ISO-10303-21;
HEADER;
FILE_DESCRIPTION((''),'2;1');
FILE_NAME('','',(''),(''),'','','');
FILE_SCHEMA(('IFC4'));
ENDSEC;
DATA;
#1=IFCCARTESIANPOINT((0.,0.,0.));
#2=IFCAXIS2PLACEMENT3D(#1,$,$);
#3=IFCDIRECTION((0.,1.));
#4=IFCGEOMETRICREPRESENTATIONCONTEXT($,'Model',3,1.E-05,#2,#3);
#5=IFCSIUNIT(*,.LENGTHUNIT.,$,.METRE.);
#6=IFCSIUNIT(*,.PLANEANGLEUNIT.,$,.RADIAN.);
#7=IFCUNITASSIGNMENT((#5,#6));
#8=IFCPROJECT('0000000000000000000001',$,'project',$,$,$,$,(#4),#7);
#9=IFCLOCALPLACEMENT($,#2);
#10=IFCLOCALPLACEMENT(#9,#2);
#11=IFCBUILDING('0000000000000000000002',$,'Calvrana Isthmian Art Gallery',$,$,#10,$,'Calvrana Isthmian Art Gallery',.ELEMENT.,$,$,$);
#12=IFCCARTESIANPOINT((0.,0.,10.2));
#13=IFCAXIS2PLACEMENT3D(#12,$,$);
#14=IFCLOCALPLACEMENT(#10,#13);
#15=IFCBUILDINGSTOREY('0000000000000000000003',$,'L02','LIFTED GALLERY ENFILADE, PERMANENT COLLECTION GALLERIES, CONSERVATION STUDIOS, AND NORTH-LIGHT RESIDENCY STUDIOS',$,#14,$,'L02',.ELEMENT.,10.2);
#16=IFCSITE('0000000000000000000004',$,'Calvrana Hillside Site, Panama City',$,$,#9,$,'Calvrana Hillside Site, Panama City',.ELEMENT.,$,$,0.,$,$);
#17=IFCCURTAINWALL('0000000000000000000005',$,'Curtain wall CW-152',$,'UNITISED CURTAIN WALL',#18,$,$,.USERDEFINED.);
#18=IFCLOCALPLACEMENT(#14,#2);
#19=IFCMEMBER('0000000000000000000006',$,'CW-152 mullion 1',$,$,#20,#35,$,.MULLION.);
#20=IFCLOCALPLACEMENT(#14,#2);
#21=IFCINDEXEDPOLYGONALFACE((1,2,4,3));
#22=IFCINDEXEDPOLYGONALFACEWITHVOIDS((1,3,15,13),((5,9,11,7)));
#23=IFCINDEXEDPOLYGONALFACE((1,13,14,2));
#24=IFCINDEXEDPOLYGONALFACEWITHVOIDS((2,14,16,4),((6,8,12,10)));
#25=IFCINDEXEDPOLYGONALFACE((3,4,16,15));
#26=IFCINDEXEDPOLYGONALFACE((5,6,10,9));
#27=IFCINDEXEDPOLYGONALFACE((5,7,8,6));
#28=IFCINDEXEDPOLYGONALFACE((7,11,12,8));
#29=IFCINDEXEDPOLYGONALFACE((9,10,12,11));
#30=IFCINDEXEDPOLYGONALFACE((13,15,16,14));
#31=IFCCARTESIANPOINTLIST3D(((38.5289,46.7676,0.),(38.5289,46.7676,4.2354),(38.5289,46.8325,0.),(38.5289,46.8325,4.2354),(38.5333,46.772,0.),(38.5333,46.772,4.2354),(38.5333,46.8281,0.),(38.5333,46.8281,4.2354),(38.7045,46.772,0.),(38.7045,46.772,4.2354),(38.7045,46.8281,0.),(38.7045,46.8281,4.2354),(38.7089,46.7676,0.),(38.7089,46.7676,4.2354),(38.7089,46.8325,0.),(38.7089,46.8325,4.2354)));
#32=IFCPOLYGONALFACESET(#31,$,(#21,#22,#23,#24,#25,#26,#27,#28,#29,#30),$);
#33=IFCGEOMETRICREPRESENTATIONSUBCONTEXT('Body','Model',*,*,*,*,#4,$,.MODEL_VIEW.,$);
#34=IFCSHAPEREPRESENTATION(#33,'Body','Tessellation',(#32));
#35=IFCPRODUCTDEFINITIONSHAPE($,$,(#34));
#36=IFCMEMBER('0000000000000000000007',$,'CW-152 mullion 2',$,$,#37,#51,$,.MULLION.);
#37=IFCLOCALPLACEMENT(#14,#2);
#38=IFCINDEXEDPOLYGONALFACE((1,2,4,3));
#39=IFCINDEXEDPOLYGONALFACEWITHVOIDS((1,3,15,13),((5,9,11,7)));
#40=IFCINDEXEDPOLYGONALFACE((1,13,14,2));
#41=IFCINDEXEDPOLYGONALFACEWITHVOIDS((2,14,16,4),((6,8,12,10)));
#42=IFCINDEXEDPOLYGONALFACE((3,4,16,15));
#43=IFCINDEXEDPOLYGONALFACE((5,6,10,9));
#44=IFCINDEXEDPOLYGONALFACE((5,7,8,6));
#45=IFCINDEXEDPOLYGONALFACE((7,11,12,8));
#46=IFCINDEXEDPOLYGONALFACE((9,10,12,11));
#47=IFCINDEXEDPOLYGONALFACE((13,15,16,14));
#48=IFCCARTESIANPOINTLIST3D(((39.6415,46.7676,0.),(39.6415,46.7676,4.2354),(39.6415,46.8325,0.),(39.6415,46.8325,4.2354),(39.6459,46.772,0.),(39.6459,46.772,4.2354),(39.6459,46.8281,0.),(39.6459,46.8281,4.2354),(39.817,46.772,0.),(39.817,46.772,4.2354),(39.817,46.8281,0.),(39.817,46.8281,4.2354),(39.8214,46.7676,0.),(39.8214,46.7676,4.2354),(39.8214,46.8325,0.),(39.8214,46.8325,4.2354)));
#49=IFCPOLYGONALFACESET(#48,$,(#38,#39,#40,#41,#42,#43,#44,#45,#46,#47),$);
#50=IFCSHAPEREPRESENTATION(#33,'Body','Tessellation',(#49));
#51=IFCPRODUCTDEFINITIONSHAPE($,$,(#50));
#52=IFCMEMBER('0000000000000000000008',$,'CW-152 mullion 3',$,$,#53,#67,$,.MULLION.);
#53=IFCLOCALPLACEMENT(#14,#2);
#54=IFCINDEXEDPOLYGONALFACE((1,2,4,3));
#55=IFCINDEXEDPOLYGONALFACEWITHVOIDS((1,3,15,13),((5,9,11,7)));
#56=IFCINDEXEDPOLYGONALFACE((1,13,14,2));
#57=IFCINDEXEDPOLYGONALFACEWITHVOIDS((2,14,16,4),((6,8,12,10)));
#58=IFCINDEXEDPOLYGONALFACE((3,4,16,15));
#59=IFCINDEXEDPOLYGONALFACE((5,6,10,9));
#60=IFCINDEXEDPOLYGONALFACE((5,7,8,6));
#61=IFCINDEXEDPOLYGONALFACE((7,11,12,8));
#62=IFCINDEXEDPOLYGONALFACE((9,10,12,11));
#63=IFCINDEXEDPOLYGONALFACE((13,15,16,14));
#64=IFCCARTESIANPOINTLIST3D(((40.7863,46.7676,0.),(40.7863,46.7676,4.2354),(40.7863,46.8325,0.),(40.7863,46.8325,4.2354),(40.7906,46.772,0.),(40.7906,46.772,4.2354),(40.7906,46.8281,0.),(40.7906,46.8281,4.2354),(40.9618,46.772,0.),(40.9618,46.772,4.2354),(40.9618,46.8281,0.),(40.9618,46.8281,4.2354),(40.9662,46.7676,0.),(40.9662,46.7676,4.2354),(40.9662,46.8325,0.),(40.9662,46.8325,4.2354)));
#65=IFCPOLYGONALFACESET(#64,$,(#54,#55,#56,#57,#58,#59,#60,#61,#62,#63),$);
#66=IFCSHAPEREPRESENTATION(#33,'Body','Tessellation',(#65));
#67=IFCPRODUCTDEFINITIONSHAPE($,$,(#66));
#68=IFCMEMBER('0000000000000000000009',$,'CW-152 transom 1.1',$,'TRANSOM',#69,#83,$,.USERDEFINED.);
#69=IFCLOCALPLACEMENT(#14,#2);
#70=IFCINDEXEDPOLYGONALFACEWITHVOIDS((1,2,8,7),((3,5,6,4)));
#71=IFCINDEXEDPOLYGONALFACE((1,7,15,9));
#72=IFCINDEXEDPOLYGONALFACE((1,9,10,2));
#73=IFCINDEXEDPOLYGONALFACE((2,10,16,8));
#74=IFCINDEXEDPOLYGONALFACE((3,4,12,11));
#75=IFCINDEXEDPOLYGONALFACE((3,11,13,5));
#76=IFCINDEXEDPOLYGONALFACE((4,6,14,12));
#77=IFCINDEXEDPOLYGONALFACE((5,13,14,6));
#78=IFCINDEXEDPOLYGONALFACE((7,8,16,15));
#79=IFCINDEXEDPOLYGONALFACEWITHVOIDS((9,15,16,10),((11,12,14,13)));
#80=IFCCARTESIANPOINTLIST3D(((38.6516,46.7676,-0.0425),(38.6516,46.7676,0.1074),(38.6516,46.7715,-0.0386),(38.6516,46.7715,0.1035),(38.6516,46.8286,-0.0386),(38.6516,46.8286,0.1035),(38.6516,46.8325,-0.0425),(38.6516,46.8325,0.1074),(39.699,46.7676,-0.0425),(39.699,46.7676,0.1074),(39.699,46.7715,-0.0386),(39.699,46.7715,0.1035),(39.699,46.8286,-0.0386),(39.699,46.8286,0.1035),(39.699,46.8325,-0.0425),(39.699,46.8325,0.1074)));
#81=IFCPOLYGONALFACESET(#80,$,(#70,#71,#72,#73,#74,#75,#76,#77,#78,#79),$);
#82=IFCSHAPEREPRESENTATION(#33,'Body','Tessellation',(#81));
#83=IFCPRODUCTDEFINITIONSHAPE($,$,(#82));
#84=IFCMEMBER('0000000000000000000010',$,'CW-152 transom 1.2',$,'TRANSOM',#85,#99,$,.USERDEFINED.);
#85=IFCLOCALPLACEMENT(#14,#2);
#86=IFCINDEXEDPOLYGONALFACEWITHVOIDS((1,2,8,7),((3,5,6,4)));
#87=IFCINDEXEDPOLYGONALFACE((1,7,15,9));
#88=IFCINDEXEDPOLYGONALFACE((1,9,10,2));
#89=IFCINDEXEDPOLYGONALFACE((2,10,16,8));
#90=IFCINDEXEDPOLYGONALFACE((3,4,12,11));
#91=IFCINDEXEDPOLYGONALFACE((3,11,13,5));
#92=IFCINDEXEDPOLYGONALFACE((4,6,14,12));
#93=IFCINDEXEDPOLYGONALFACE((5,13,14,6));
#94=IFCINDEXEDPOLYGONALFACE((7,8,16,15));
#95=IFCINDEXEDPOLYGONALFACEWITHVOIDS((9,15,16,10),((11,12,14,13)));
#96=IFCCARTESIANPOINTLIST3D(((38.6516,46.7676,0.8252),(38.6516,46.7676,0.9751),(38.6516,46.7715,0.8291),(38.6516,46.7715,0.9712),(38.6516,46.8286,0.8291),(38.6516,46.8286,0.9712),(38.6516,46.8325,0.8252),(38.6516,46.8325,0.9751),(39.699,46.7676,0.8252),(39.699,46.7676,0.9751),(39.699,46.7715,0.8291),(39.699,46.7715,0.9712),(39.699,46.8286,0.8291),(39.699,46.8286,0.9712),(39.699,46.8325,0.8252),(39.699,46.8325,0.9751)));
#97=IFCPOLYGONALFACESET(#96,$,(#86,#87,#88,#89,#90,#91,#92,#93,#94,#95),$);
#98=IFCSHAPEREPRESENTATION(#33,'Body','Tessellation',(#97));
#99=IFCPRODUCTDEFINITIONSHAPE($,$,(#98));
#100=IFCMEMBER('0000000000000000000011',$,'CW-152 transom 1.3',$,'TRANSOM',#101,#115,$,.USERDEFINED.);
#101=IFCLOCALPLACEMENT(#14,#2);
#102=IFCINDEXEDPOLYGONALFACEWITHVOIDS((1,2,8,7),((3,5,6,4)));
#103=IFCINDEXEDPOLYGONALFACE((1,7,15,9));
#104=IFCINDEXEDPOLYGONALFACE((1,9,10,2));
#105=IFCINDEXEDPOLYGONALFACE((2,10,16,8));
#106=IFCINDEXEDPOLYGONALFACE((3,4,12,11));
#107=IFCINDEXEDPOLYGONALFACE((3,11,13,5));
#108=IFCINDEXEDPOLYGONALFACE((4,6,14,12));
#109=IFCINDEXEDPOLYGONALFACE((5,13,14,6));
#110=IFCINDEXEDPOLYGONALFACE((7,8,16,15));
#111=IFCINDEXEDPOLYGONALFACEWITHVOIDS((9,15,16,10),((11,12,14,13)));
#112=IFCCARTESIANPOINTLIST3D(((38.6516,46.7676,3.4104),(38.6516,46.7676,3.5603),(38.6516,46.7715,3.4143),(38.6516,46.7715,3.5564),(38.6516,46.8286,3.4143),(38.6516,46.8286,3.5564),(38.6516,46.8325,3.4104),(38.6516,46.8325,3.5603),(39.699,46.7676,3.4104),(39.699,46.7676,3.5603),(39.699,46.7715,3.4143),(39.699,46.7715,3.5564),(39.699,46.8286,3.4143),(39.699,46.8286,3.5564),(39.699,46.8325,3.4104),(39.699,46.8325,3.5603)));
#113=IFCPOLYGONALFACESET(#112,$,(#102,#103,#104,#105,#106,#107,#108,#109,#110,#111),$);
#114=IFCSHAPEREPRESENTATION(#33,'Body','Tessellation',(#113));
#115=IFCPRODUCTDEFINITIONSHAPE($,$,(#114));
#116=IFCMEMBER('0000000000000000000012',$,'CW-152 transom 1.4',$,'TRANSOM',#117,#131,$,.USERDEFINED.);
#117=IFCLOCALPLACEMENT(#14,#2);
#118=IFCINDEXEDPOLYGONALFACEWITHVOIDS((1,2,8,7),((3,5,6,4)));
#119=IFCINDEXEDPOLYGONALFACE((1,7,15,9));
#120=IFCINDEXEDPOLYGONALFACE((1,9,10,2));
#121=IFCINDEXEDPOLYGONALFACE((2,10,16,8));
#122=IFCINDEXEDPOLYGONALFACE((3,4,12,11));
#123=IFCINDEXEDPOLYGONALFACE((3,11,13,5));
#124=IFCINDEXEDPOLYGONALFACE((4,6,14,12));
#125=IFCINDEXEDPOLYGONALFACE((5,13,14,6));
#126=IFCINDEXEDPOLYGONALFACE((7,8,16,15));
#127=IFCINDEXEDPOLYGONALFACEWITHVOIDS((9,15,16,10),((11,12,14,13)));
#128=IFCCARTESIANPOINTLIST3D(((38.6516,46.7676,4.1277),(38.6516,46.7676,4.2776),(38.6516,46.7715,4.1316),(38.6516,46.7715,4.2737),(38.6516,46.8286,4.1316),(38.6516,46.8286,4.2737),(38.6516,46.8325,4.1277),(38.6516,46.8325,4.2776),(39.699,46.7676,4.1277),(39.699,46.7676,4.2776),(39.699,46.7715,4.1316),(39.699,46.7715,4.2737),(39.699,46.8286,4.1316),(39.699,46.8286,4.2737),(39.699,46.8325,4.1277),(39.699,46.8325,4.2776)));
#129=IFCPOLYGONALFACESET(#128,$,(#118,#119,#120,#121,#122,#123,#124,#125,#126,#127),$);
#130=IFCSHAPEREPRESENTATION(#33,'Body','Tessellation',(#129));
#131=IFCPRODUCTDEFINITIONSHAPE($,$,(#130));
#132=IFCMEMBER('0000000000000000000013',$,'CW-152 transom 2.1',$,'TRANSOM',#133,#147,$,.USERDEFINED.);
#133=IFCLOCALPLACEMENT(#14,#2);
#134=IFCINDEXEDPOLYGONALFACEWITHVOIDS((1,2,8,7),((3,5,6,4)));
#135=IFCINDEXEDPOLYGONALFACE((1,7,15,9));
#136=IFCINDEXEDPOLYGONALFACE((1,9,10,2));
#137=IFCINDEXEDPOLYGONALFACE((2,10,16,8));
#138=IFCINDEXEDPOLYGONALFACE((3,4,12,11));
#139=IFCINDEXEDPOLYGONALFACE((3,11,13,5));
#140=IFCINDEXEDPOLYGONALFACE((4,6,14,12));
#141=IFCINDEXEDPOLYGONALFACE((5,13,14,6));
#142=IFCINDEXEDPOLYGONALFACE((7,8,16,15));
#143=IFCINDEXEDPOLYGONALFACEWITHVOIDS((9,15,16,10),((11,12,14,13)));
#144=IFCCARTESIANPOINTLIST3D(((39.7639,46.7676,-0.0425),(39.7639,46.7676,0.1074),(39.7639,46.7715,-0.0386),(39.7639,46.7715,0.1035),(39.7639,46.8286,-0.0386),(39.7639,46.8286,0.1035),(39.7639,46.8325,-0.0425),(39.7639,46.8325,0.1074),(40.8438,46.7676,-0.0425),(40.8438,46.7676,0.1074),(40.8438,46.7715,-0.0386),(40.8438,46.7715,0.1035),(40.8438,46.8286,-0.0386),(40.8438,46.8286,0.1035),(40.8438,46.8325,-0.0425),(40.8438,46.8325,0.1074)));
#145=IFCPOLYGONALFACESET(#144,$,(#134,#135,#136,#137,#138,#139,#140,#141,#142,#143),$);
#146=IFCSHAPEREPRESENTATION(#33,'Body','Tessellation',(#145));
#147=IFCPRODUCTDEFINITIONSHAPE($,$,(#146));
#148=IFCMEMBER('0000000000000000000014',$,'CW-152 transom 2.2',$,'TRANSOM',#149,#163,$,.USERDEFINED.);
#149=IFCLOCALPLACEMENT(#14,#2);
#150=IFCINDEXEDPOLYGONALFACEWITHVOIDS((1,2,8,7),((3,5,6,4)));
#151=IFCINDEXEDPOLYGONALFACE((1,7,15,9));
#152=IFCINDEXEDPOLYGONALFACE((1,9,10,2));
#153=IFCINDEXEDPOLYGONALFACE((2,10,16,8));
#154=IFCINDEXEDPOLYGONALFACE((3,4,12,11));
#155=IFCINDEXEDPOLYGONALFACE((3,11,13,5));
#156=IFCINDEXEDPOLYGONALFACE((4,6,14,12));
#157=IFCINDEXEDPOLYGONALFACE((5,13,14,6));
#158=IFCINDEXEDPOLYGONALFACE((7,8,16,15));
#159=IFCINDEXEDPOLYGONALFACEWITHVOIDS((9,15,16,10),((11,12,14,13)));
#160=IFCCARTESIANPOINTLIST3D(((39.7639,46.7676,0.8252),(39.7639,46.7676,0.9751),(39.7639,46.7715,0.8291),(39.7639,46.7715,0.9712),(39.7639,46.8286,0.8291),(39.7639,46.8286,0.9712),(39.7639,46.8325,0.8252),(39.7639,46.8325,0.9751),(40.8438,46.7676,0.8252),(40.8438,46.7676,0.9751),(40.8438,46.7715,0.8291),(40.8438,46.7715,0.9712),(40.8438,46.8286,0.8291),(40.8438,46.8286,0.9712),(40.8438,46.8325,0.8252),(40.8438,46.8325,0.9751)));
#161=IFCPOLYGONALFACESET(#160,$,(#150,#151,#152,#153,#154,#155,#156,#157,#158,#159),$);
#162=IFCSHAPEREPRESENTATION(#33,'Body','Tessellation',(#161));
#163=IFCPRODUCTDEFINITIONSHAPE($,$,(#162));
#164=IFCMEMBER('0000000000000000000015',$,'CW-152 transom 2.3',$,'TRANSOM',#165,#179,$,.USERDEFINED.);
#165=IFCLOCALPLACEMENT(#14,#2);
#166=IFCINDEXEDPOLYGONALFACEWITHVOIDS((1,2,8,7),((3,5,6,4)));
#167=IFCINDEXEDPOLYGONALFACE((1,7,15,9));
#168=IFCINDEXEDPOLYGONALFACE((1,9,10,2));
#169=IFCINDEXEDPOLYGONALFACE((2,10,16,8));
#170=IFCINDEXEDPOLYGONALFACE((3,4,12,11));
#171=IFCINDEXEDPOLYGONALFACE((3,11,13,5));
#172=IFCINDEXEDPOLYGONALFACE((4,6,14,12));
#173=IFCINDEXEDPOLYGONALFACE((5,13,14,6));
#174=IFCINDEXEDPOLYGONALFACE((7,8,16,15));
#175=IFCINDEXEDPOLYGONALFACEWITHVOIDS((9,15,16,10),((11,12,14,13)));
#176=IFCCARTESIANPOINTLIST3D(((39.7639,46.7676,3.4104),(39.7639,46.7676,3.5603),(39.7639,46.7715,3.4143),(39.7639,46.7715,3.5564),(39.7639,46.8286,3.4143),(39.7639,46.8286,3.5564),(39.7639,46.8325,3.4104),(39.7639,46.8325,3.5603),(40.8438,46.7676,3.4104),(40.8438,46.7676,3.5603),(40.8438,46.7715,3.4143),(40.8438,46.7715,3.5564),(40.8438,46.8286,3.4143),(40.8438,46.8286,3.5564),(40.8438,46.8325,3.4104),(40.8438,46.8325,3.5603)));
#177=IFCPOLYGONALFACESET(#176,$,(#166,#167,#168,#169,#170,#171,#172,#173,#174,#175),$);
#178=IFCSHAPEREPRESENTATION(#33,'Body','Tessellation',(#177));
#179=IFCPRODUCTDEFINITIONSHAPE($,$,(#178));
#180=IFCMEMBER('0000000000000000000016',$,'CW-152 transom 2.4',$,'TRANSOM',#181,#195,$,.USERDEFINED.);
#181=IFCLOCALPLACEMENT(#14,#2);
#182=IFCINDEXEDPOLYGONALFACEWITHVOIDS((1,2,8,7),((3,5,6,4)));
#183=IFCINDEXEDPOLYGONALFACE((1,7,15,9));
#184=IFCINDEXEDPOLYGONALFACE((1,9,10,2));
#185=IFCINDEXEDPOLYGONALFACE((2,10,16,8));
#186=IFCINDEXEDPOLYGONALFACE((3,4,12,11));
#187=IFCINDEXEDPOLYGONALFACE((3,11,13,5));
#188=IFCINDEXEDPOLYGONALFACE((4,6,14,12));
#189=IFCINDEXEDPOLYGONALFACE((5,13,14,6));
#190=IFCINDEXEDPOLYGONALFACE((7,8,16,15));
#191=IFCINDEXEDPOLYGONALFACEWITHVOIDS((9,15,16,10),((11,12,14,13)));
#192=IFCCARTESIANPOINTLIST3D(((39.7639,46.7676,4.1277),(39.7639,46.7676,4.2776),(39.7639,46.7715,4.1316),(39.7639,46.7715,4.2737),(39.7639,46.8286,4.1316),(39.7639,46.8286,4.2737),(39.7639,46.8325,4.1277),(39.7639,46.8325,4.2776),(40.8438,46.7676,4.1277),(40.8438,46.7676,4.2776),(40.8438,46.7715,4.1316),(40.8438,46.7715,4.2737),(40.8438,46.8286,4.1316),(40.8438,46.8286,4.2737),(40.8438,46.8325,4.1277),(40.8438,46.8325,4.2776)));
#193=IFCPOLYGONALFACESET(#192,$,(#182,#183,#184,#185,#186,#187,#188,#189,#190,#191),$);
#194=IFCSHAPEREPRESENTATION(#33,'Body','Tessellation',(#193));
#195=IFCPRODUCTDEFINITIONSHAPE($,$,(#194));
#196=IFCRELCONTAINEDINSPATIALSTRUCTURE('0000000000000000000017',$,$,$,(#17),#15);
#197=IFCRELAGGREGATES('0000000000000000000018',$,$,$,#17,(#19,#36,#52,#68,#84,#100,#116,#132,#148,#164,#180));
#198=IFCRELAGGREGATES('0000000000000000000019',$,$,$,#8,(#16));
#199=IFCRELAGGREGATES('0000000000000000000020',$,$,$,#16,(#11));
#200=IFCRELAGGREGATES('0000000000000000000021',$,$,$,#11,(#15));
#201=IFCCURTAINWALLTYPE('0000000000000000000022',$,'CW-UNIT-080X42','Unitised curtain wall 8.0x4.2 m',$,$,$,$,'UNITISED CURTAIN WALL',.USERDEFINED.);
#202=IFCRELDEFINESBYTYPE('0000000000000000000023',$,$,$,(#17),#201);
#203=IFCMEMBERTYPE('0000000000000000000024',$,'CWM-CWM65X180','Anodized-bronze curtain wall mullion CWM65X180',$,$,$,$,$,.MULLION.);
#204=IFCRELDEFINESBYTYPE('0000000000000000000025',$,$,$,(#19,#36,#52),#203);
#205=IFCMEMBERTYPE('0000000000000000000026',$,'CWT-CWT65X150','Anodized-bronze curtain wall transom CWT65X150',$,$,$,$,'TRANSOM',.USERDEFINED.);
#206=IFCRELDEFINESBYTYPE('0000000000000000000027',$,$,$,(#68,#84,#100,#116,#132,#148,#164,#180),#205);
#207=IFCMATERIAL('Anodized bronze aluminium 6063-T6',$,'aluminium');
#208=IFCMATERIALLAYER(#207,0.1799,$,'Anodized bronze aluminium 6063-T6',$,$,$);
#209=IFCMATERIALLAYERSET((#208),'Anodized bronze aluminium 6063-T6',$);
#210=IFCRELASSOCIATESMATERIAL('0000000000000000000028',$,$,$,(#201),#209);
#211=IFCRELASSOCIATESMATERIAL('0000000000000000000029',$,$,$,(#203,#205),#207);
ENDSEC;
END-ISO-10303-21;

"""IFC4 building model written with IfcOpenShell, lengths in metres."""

from ifc_helpers import new_model, si_unit, direction, frame, origin, origin_2d, place, context, subcontext, project, spatial, hollow_rectangle, extrude, material, layer, layer_set, material_profile, profile_set, type_object, element, aggregate, save


model = new_model("IFC4")

# Units and contexts
model_context = context("Model", 3, precision=1e-05, world=origin(), true_north=direction((0.0, 1.0)))
body_context = subcontext(model_context, "Body", "Model", "MODEL_VIEW")
ifc_project = project(units=[si_unit("LENGTHUNIT", "METRE"), si_unit("PLANEANGLEUNIT", "RADIAN")], contexts=[model_context])

# Site, building, storey
site_placement = place(None, origin())
site = spatial("IfcSite", under=ifc_project, at=site_placement, Name="Calvrana Hillside Site, Panama City", LongName="Calvrana Hillside Site, Panama City", CompositionType="ELEMENT", RefElevation=0.0)
building_placement = place(site_placement, origin())
building = spatial("IfcBuilding", under=site, at=building_placement, Name="Calvrana Isthmian Art Gallery", LongName="Calvrana Isthmian Art Gallery", CompositionType="ELEMENT")
storey_placement = place(building_placement, frame((0.0, 0.0, 10.2)))
storey = spatial("IfcBuildingStorey", under=building, at=storey_placement, Name="L02", Description="LIFTED GALLERY ENFILADE, PERMANENT COLLECTION GALLERIES, CONSERVATION STUDIOS, AND NORTH-LIGHT RESIDENCY STUDIOS", LongName="L02", CompositionType="ELEMENT", Elevation=10.2)

# Curtain wall, members
ifc_material_1 = material(Name="Anodized bronze aluminium 6063-T6", Category="aluminium")
ifc_layer_1 = layer(ifc_material_1, 0.1799, Name="Anodized bronze aluminium 6063-T6")
ifc_layer_set_1 = layer_set([ifc_layer_1], Name="Anodized bronze aluminium 6063-T6")
curtain_wall_type = type_object("IfcCurtainWallType", Name="CW-UNIT-080X42", Description="Unitised curtain wall 8.0x4.2 m", ElementType="UNITISED CURTAIN WALL", PredefinedType="USERDEFINED", material=ifc_layer_set_1)
curtain_wall_placement = place(storey_placement, origin())
curtain_wall = element("IfcCurtainWall", 1, at=curtain_wall_placement, inside=storey, type_object=curtain_wall_type, Name="Curtain wall CW-152", ObjectType="UNITISED CURTAIN WALL", PredefinedType="USERDEFINED")
ifc_material_profile_1 = material_profile(ifc_material_1, hollow_rectangle(XDim=0.0649, YDim=0.1799, WallThickness=0.0044, at=origin_2d()), Name="CWM65X180")
ifc_profile_set_1 = profile_set([ifc_material_profile_1], Name="Anodized bronze aluminium 6063-T6")
member_type_1 = type_object("IfcMemberType", Name="CWM-CWM65X180", Description="Anodized-bronze curtain wall mullion CWM65X180", PredefinedType="MULLION", material=ifc_profile_set_1)
member_1_placement = place(storey_placement, frame((38.6189, 46.8, 0.0), z_axis=(0.0, 0.0, 1.0), x_axis=(0.0, 1.0, 0.0)))
member_1 = element("IfcMember", 2, at=member_1_placement, type_object=member_type_1, Name="CW-152 mullion 1", PredefinedType="MULLION", context=body_context, shape_type="SweptSolid", body=[
    extrude(hollow_rectangle(XDim=0.0649, YDim=0.1799, WallThickness=0.0044, at=origin_2d()), origin(), (0.0, 0.0, 1.0), 4.2354),
])
member_2_placement = place(storey_placement, frame((39.7314, 46.8, 0.0), z_axis=(0.0, 0.0, 1.0), x_axis=(0.0, 1.0, 0.0)))
member_2 = element("IfcMember", 3, at=member_2_placement, type_object=member_type_1, Name="CW-152 mullion 2", PredefinedType="MULLION", context=body_context, shape_type="SweptSolid", body=[
    extrude(hollow_rectangle(XDim=0.0649, YDim=0.1799, WallThickness=0.0044, at=origin_2d()), origin(), (0.0, 0.0, 1.0), 4.2354),
])
member_3_placement = place(storey_placement, frame((40.8762, 46.8, 0.0), z_axis=(0.0, 0.0, 1.0), x_axis=(0.0, 1.0, 0.0)))
member_3 = element("IfcMember", 4, at=member_3_placement, type_object=member_type_1, Name="CW-152 mullion 3", PredefinedType="MULLION", context=body_context, shape_type="SweptSolid", body=[
    extrude(hollow_rectangle(XDim=0.0649, YDim=0.1799, WallThickness=0.0044, at=origin_2d()), origin(), (0.0, 0.0, 1.0), 4.2354),
])
ifc_material_profile_2 = material_profile(ifc_material_1, hollow_rectangle(XDim=0.0649, YDim=0.1499, WallThickness=0.0039, at=origin_2d()), Name="CWT65X150")
ifc_profile_set_2 = profile_set([ifc_material_profile_2], Name="Anodized bronze aluminium 6063-T6")
member_type_2 = type_object("IfcMemberType", Name="CWT-CWT65X150", Description="Anodized-bronze curtain wall transom CWT65X150", ElementType="TRANSOM", PredefinedType="USERDEFINED", material=ifc_profile_set_2)
member_4_placement = place(storey_placement, frame((38.6516, 46.8, 0.0325), z_axis=(1.0, 0.0, 0.0), x_axis=(0.0, 1.0, 0.0)))
member_4 = element("IfcMember", 5, at=member_4_placement, type_object=member_type_2, Name="CW-152 transom 1.1", ObjectType="TRANSOM", PredefinedType="USERDEFINED", context=body_context, shape_type="SweptSolid", body=[
    extrude(hollow_rectangle(XDim=0.0649, YDim=0.1499, WallThickness=0.0039, at=origin_2d()), origin(), (0.0, 0.0, 1.0), 1.0474),
])
member_5_placement = place(storey_placement, frame((38.6516, 46.8, 0.9001), z_axis=(1.0, 0.0, 0.0), x_axis=(0.0, 1.0, 0.0)))
member_5 = element("IfcMember", 6, at=member_5_placement, type_object=member_type_2, Name="CW-152 transom 1.2", ObjectType="TRANSOM", PredefinedType="USERDEFINED", context=body_context, shape_type="SweptSolid", body=[
    extrude(hollow_rectangle(XDim=0.0649, YDim=0.1499, WallThickness=0.0039, at=origin_2d()), origin(), (0.0, 0.0, 1.0), 1.0474),
])
member_6_placement = place(storey_placement, frame((38.6516, 46.8, 3.4854), z_axis=(1.0, 0.0, 0.0), x_axis=(0.0, 1.0, 0.0)))
member_6 = element("IfcMember", 7, at=member_6_placement, type_object=member_type_2, Name="CW-152 transom 1.3", ObjectType="TRANSOM", PredefinedType="USERDEFINED", context=body_context, shape_type="SweptSolid", body=[
    extrude(hollow_rectangle(XDim=0.0649, YDim=0.1499, WallThickness=0.0039, at=origin_2d()), origin(), (0.0, 0.0, 1.0), 1.0474),
])
member_7_placement = place(storey_placement, frame((38.6516, 46.8, 4.2026), z_axis=(1.0, 0.0, 0.0), x_axis=(0.0, 1.0, 0.0)))
member_7 = element("IfcMember", 8, at=member_7_placement, type_object=member_type_2, Name="CW-152 transom 1.4", ObjectType="TRANSOM", PredefinedType="USERDEFINED", context=body_context, shape_type="SweptSolid", body=[
    extrude(hollow_rectangle(XDim=0.0649, YDim=0.1499, WallThickness=0.0039, at=origin_2d()), origin(), (0.0, 0.0, 1.0), 1.0474),
])
member_8_placement = place(storey_placement, frame((39.7639, 46.8, 0.0325), z_axis=(1.0, 0.0, 0.0), x_axis=(0.0, 1.0, 0.0)))
member_8 = element("IfcMember", 9, at=member_8_placement, type_object=member_type_2, Name="CW-152 transom 2.1", ObjectType="TRANSOM", PredefinedType="USERDEFINED", context=body_context, shape_type="SweptSolid", body=[
    extrude(hollow_rectangle(XDim=0.0649, YDim=0.1499, WallThickness=0.0039, at=origin_2d()), origin(), (0.0, 0.0, 1.0), 1.0798),
])
member_9_placement = place(storey_placement, frame((39.7639, 46.8, 0.9001), z_axis=(1.0, 0.0, 0.0), x_axis=(0.0, 1.0, 0.0)))
member_9 = element("IfcMember", 10, at=member_9_placement, type_object=member_type_2, Name="CW-152 transom 2.2", ObjectType="TRANSOM", PredefinedType="USERDEFINED", context=body_context, shape_type="SweptSolid", body=[
    extrude(hollow_rectangle(XDim=0.0649, YDim=0.1499, WallThickness=0.0039, at=origin_2d()), origin(), (0.0, 0.0, 1.0), 1.0798),
])
member_10_placement = place(storey_placement, frame((39.7639, 46.8, 3.4854), z_axis=(1.0, 0.0, 0.0), x_axis=(0.0, 1.0, 0.0)))
member_10 = element("IfcMember", 11, at=member_10_placement, type_object=member_type_2, Name="CW-152 transom 2.3", ObjectType="TRANSOM", PredefinedType="USERDEFINED", context=body_context, shape_type="SweptSolid", body=[
    extrude(hollow_rectangle(XDim=0.0649, YDim=0.1499, WallThickness=0.0039, at=origin_2d()), origin(), (0.0, 0.0, 1.0), 1.0798),
])
member_11_placement = place(storey_placement, frame((39.7639, 46.8, 4.2026), z_axis=(1.0, 0.0, 0.0), x_axis=(0.0, 1.0, 0.0)))
member_11 = element("IfcMember", 12, at=member_11_placement, type_object=member_type_2, Name="CW-152 transom 2.4", ObjectType="TRANSOM", PredefinedType="USERDEFINED", context=body_context, shape_type="SweptSolid", body=[
    extrude(hollow_rectangle(XDim=0.0649, YDim=0.1499, WallThickness=0.0039, at=origin_2d()), origin(), (0.0, 0.0, 1.0), 1.0798),
])
aggregate(curtain_wall, [member_1, member_2, member_3, member_4, member_5, member_6, member_7, member_8, member_9, member_10, member_11])

save(model, "model.ifc")
